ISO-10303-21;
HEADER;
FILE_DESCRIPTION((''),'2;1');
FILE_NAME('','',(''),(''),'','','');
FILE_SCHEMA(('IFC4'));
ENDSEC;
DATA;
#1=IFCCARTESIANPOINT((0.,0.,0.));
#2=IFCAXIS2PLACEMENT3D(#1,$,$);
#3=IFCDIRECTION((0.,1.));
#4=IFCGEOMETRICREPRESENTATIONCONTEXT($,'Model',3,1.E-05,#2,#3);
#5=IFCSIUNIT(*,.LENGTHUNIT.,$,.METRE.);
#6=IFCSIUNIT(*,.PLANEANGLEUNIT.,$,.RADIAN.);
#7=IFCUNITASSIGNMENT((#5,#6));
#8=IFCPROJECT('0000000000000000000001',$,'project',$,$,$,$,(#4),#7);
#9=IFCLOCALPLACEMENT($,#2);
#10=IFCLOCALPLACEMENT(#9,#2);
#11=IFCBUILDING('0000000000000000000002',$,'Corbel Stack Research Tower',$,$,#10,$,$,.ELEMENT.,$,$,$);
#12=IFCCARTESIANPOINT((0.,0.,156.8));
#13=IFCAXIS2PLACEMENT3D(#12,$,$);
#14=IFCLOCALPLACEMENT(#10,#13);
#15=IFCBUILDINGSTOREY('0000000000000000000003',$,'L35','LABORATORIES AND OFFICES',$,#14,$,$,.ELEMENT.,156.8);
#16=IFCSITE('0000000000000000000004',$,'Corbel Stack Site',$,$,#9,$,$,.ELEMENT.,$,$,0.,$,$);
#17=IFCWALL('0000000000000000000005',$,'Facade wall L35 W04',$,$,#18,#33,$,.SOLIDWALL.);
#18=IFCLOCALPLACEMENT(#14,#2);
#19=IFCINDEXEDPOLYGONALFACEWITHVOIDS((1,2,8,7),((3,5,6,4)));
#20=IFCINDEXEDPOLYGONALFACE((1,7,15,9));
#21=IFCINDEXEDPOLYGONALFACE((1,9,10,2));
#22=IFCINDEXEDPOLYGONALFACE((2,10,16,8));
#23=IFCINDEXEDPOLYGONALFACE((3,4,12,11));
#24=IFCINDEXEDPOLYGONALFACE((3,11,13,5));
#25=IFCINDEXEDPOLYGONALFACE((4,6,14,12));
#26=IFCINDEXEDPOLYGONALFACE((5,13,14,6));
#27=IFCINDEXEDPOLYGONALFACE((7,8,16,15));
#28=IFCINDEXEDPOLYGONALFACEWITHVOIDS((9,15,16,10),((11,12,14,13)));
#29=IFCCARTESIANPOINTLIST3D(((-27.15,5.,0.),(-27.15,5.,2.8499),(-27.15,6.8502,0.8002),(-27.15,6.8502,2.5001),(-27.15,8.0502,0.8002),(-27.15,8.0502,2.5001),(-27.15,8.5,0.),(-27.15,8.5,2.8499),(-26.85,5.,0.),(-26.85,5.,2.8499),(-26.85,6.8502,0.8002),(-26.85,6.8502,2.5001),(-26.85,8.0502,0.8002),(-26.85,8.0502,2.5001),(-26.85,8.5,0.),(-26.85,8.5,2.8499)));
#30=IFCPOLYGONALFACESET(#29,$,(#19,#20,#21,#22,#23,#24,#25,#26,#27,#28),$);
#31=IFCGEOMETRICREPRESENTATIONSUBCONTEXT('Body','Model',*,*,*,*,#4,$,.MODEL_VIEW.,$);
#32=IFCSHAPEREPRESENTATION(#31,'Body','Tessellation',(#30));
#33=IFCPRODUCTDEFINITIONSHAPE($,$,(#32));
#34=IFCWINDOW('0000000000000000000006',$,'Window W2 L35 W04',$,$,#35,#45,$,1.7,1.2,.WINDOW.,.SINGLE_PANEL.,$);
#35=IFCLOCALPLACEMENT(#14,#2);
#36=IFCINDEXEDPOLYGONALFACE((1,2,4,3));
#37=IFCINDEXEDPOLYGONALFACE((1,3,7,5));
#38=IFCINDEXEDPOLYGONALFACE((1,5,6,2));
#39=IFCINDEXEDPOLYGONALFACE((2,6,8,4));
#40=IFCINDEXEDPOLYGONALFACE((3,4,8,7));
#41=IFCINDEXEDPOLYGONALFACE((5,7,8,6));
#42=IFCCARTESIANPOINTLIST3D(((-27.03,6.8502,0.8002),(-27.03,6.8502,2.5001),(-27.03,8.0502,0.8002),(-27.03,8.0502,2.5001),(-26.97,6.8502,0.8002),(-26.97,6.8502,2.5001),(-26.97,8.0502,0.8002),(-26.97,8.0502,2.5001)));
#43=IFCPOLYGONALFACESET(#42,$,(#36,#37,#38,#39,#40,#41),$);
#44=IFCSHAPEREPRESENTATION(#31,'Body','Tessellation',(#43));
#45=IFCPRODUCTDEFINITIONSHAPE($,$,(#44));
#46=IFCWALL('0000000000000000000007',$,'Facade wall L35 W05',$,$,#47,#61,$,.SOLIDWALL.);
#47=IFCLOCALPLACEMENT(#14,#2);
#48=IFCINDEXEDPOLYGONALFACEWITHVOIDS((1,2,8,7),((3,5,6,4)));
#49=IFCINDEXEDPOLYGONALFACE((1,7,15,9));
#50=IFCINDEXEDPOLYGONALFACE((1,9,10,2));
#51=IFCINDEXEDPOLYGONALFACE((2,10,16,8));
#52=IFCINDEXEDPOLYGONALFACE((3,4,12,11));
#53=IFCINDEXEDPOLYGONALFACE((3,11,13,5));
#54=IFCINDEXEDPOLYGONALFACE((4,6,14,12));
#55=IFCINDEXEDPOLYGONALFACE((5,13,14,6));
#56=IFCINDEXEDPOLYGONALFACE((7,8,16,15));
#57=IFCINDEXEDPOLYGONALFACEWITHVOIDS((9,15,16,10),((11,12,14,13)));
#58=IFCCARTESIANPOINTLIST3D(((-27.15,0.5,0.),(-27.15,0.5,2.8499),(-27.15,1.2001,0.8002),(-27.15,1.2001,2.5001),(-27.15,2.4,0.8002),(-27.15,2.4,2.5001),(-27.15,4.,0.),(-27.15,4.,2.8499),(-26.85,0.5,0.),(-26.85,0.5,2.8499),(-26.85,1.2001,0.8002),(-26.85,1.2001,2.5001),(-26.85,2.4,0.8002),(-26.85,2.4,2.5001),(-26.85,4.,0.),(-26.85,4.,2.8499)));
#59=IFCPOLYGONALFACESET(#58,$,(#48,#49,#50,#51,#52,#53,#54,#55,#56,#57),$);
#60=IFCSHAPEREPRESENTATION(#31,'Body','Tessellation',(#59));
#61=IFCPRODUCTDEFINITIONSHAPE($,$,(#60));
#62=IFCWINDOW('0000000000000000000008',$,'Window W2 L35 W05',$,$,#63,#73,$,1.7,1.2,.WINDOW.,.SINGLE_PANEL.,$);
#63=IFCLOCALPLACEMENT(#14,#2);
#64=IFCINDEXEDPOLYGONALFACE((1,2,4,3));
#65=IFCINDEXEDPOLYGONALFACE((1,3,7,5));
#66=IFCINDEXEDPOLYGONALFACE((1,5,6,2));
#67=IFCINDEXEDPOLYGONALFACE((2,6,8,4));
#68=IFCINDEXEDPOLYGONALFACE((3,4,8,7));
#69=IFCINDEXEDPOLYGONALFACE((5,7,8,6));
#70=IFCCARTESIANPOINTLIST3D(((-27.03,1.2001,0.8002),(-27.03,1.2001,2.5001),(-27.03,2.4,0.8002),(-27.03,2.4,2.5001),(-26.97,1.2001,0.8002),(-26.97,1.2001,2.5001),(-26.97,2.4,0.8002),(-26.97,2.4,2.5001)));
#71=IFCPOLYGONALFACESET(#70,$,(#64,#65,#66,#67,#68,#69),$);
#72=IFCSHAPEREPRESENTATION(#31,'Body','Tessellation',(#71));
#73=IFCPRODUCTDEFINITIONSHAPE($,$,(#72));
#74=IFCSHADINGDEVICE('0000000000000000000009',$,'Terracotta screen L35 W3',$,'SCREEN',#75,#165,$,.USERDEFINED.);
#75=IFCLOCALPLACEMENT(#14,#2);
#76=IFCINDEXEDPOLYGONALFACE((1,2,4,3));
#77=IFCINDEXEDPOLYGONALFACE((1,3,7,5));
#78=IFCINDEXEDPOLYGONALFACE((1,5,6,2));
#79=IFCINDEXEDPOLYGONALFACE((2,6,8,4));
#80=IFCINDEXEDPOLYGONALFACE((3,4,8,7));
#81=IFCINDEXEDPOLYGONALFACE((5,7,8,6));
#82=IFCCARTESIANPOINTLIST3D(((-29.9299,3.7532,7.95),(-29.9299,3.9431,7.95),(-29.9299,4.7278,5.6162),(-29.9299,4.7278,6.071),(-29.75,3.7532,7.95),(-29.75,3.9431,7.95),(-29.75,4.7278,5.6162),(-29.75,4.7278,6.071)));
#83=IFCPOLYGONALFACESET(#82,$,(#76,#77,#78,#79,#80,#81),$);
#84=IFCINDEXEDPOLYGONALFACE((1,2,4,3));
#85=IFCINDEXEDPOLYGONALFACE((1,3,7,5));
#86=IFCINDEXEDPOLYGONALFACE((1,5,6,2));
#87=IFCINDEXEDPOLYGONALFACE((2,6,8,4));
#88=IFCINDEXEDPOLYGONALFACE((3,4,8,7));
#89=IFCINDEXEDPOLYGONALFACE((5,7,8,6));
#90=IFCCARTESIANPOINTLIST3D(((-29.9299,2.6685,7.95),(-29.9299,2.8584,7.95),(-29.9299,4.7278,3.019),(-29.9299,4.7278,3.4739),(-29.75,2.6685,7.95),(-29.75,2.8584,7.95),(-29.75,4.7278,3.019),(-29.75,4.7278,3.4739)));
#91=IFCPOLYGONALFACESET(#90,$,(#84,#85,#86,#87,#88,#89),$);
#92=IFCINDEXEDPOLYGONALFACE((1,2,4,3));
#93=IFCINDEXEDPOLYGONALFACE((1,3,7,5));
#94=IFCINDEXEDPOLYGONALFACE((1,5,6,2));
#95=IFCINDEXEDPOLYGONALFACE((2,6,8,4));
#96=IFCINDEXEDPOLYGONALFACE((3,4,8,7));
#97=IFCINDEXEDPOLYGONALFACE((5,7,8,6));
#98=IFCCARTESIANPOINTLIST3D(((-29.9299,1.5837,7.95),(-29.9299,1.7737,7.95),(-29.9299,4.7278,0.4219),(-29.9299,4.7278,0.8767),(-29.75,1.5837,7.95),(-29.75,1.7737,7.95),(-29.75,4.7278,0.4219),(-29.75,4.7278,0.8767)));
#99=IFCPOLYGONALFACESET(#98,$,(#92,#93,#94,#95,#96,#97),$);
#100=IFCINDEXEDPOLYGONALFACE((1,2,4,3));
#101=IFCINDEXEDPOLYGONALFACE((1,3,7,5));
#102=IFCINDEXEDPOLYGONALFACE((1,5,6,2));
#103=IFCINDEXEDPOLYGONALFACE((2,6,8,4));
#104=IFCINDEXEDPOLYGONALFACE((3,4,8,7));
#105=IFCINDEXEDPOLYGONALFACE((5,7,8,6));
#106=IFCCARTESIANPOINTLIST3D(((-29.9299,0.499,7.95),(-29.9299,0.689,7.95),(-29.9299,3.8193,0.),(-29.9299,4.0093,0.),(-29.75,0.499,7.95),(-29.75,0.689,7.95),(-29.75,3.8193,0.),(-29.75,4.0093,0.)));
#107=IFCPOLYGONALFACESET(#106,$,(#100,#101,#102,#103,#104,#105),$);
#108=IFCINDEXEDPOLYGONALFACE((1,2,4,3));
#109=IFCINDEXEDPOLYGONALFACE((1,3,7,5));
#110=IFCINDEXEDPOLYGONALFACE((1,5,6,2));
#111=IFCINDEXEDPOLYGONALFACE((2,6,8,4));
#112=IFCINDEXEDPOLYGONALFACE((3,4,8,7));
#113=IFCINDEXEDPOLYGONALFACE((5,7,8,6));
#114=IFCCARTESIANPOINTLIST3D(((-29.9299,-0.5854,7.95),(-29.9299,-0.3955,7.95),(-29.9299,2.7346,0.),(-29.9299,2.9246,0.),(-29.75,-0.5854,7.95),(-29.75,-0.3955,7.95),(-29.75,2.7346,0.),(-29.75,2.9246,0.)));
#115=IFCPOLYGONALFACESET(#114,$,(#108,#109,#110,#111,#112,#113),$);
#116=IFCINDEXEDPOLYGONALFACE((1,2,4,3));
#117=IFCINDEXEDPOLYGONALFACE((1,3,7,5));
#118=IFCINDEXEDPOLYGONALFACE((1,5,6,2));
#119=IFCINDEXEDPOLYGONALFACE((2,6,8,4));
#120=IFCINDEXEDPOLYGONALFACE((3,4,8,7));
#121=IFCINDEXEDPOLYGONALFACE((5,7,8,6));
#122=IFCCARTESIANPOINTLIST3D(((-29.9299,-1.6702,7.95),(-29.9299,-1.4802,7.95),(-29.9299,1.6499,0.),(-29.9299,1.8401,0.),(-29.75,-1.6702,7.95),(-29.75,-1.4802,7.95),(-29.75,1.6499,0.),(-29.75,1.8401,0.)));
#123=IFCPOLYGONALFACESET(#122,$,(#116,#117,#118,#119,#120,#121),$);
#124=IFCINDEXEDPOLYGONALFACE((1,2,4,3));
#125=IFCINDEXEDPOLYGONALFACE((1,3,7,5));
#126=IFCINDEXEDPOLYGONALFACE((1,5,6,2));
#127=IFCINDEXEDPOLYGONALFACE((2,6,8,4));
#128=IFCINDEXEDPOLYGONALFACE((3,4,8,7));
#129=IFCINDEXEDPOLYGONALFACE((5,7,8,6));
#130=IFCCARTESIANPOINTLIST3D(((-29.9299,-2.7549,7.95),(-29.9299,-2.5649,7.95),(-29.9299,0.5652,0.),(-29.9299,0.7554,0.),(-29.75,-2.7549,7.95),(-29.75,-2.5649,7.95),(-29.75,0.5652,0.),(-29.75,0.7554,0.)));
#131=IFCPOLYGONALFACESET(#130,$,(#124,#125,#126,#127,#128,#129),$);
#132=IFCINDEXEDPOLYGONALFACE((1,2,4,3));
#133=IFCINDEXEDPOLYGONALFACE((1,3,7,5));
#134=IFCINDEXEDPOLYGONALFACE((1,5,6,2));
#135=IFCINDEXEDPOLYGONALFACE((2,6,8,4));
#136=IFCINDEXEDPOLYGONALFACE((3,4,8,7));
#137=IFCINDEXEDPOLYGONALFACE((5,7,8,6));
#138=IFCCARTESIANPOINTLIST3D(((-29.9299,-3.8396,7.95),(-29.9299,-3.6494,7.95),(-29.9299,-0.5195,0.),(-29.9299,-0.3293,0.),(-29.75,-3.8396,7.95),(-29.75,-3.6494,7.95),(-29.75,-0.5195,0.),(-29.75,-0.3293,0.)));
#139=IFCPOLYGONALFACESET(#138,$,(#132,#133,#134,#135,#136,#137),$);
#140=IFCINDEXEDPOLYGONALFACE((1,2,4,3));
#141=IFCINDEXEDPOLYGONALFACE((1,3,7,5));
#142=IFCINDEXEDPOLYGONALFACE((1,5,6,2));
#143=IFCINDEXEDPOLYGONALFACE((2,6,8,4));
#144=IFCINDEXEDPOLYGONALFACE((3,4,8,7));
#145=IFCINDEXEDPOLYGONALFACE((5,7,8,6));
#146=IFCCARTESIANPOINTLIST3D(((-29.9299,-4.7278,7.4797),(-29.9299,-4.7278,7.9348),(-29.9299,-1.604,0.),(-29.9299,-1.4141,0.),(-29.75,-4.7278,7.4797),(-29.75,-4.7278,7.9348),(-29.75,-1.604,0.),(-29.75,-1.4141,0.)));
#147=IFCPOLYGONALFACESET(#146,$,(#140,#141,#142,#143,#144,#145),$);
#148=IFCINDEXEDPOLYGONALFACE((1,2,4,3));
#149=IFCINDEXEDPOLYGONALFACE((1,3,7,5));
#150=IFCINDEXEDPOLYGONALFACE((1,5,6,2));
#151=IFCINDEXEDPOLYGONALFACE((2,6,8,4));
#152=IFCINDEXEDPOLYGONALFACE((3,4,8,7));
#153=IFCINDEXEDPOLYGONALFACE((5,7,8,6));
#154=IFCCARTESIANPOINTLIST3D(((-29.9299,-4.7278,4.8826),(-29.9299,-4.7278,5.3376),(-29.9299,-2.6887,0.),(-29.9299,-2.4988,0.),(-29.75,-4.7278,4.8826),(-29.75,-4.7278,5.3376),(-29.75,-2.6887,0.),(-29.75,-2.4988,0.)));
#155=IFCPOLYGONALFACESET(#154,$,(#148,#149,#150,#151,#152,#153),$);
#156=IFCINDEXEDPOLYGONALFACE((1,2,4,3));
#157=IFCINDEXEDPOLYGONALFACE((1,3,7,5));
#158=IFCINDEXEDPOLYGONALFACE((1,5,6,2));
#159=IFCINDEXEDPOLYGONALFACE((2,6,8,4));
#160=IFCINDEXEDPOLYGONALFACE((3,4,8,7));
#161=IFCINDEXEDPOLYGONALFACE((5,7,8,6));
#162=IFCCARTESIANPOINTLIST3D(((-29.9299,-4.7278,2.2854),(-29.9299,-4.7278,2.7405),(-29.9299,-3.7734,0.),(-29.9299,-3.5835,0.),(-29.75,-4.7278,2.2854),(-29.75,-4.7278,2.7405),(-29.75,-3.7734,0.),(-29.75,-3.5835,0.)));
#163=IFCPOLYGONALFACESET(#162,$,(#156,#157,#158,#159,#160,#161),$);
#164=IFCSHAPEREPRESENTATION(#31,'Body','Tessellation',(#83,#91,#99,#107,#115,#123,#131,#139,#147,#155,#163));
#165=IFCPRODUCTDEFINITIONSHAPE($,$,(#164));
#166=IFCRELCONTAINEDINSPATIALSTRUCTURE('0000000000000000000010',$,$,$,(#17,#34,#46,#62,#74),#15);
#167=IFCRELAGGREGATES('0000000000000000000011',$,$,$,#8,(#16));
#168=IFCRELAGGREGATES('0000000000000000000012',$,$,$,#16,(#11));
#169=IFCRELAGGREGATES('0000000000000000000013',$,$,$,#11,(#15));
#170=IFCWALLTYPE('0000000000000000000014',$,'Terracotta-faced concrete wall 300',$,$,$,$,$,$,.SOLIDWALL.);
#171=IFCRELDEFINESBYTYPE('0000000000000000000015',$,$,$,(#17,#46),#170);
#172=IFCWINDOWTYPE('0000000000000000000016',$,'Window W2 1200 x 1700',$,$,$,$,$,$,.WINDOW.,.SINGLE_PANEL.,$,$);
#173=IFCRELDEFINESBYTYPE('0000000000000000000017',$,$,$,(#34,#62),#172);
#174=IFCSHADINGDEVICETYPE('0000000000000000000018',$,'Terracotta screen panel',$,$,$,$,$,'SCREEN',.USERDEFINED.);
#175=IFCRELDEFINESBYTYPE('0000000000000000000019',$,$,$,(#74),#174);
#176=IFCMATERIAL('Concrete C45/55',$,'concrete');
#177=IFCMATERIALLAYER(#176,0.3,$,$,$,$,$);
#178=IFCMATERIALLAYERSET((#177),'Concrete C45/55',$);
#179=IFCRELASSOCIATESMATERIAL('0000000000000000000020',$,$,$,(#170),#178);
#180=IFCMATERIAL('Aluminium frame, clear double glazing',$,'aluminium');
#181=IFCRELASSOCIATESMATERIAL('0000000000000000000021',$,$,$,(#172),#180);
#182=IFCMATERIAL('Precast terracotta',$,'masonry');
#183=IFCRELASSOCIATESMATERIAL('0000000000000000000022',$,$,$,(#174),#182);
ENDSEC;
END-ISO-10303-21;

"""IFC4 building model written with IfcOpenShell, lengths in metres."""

from ifc_helpers import new_model, si_unit, direction, frame, frame_2d, origin, place, context, subcontext, project, spatial, polyline, rectangle, outline, extrude, source, transform, mapped, material, layer, layer_set, type_object, element, fill, save


model = new_model("IFC4")

# Units and contexts
model_context = context("Model", 3, precision=1e-05, world=origin(), true_north=direction((0.0, 1.0)))
body_context = subcontext(model_context, "Body", "Model", "MODEL_VIEW")
ifc_project = project(units=[si_unit("LENGTHUNIT", "METRE"), si_unit("PLANEANGLEUNIT", "RADIAN")], contexts=[model_context])

# Site, building, storey
site_placement = place(None, origin())
site = spatial("IfcSite", under=ifc_project, at=site_placement, Name="Corbel Stack Site", CompositionType="ELEMENT", RefElevation=0.0)
building_placement = place(site_placement, origin())
building = spatial("IfcBuilding", under=site, at=building_placement, Name="Corbel Stack Research Tower", CompositionType="ELEMENT")
storey_placement = place(building_placement, frame((0.0, 0.0, 156.8)))
storey = spatial("IfcBuildingStorey", under=building, at=storey_placement, Name="L35", Description="LABORATORIES AND OFFICES", CompositionType="ELEMENT", Elevation=156.8)

# Walls, openings, windows
ifc_material_1 = material(Name="Concrete C45/55", Category="concrete")
ifc_layer_1 = layer(ifc_material_1, 0.3)
ifc_layer_set_1 = layer_set([ifc_layer_1], Name="Concrete C45/55")
wall_type_1 = type_object("IfcWallType", Name="Terracotta-faced concrete wall 300", PredefinedType="SOLIDWALL", material=ifc_layer_set_1)
wall_1_placement = place(storey_placement, frame((-27.0, 5.0, 0.0), z_axis=(0.0, 0.0, 1.0), x_axis=(0.0, 1.0, 0.0)))
wall_1 = element("IfcWall", 1, at=wall_1_placement, inside=storey, type_object=wall_type_1, Name="Facade wall L35 W04", PredefinedType="SOLIDWALL", context=body_context, shape_type="SweptSolid", body=[
    extrude(rectangle(XDim=3.5, YDim=0.3, at=frame_2d((1.75, 0.0))), origin(), (0.0, 0.0, 1.0), 2.8499),
])
opening_1_placement = place(wall_1_placement, frame((1.8501, 0.0, 0.8)))
opening_1 = element("IfcOpeningElement", 2, at=opening_1_placement, cuts=wall_1, PredefinedType="OPENING", context=body_context, shape_type="SweptSolid", body=[
    extrude(rectangle(XDim=1.2, YDim=1.7, at=frame_2d((0.6001, 0.8501))), frame((0.0, 0.1599, 0.0), z_axis=(0.0, -1.0, 0.0), x_axis=(1.0, 0.0, 0.0)), (0.0, 0.0, 1.0), 0.3201),
])
ifc_material_2 = material(Name="Aluminium frame, clear double glazing", Category="aluminium")
window_type = type_object("IfcWindowType", Name="Window W2 1200 x 1700", PartitioningType="SINGLE_PANEL", PredefinedType="WINDOW", material=ifc_material_2)
window_1_placement = place(opening_1_placement, origin())
window_1 = element("IfcWindow", 3, at=window_1_placement, inside=storey, type_object=window_type, Name="Window W2 L35 W04", OverallHeight=1.7, OverallWidth=1.2, PartitioningType="SINGLE_PANEL", PredefinedType="WINDOW", context=body_context, shape_type="SweptSolid", body=[
    extrude(rectangle(XDim=1.2, YDim=1.7, at=frame_2d((0.6001, 0.8501))), frame((0.0, 0.03, 0.0), z_axis=(0.0, -1.0, 0.0), x_axis=(1.0, 0.0, 0.0)), (0.0, 0.0, 1.0), 0.0601),
])
fill(opening_1, window_1)
wall_2_placement = place(storey_placement, frame((-27.0, 0.5, 0.0), z_axis=(0.0, 0.0, 1.0), x_axis=(0.0, 1.0, 0.0)))
wall_2 = element("IfcWall", 4, at=wall_2_placement, inside=storey, type_object=wall_type_1, Name="Facade wall L35 W05", PredefinedType="SOLIDWALL", context=body_context, shape_type="SweptSolid", body=[
    extrude(rectangle(XDim=3.5, YDim=0.3, at=frame_2d((1.75, 0.0))), origin(), (0.0, 0.0, 1.0), 2.8499),
])
opening_2_placement = place(wall_2_placement, frame((0.7, 0.0, 0.8)))
opening_2 = element("IfcOpeningElement", 5, at=opening_2_placement, cuts=wall_2, PredefinedType="OPENING", context=body_context, shape_type="SweptSolid", body=[
    extrude(rectangle(XDim=1.2, YDim=1.7, at=frame_2d((0.6001, 0.8501))), frame((0.0, 0.1599, 0.0), z_axis=(0.0, -1.0, 0.0), x_axis=(1.0, 0.0, 0.0)), (0.0, 0.0, 1.0), 0.3201),
])
window_2_placement = place(opening_2_placement, origin())
window_2 = element("IfcWindow", 6, at=window_2_placement, inside=storey, type_object=window_type, Name="Window W2 L35 W05", OverallHeight=1.7, OverallWidth=1.2, PartitioningType="SINGLE_PANEL", PredefinedType="WINDOW", context=body_context, shape_type="SweptSolid", body=[
    extrude(rectangle(XDim=1.2, YDim=1.7, at=frame_2d((0.6001, 0.8501))), frame((0.0, 0.03, 0.0), z_axis=(0.0, -1.0, 0.0), x_axis=(1.0, 0.0, 0.0)), (0.0, 0.0, 1.0), 0.0601),
])
fill(opening_2, window_2)

# Shading device
ifc_material_3 = material(Name="Precast terracotta", Category="masonry")
shading_device_type = type_object("IfcShadingDeviceType", Name="Terracotta screen panel", ElementType="SCREEN", PredefinedType="USERDEFINED", material=ifc_material_3)
shared_shape = source(origin(), body_context, "Body", "SweptSolid", [
    extrude(outline(polyline([(0.9746, 7.95), (0.7847, 7.95), (0.0, 6.071), (0.0, 5.6162), (0.9746, 7.95)])), frame((0.0, 0.0, 0.0), z_axis=(0.0, -1.0, 0.0), x_axis=(1.0, 0.0, 0.0)), (0.0, 0.0, 1.0), 0.1799),
    extrude(outline(polyline([(2.0593, 7.95), (1.8694, 7.95), (0.0, 3.4739), (0.0, 3.019), (2.0593, 7.95)])), frame((0.0, 0.0, 0.0), z_axis=(0.0, -1.0, 0.0), x_axis=(1.0, 0.0, 0.0)), (0.0, 0.0, 1.0), 0.1799),
    extrude(outline(polyline([(3.144, 7.95), (2.9541, 7.95), (0.0, 0.8767), (0.0, 0.4219), (3.144, 7.95)])), frame((0.0, 0.0, 0.0), z_axis=(0.0, -1.0, 0.0), x_axis=(1.0, 0.0, 0.0)), (0.0, 0.0, 1.0), 0.1799),
    extrude(outline(polyline([(0.9084, 0.0), (4.2288, 7.95), (4.0388, 7.95), (0.7185, 0.0), (0.9084, 0.0)])), frame((0.0, 0.0, 0.0), z_axis=(0.0, -1.0, 0.0), x_axis=(1.0, 0.0, 0.0)), (0.0, 0.0, 1.0), 0.1799),
    extrude(outline(polyline([(1.9932, 0.0), (5.3132, 7.95), (5.1233, 7.95), (1.8032, 0.0), (1.9932, 0.0)])), frame((0.0, 0.0, 0.0), z_axis=(0.0, -1.0, 0.0), x_axis=(1.0, 0.0, 0.0)), (0.0, 0.0, 1.0), 0.1799),
    extrude(outline(polyline([(3.0779, 0.0), (6.3979, 7.95), (6.208, 7.95), (2.8877, 0.0), (3.0779, 0.0)])), frame((0.0, 0.0, 0.0), z_axis=(0.0, -1.0, 0.0), x_axis=(1.0, 0.0, 0.0)), (0.0, 0.0, 1.0), 0.1799),
    extrude(outline(polyline([(4.1626, 0.0), (7.4827, 7.95), (7.2927, 7.95), (3.9724, 0.0), (4.1626, 0.0)])), frame((0.0, 0.0, 0.0), z_axis=(0.0, -1.0, 0.0), x_axis=(1.0, 0.0, 0.0)), (0.0, 0.0, 1.0), 0.1799),
    extrude(outline(polyline([(5.2473, 0.0), (8.5674, 7.95), (8.3772, 7.95), (5.0571, 0.0), (5.2473, 0.0)])), frame((0.0, 0.0, 0.0), z_axis=(0.0, -1.0, 0.0), x_axis=(1.0, 0.0, 0.0)), (0.0, 0.0, 1.0), 0.1799),
    extrude(outline(polyline([(6.3318, 0.0), (9.4556, 7.4797), (9.4556, 7.9348), (6.1418, 0.0), (6.3318, 0.0)])), frame((0.0, 0.0, 0.0), z_axis=(0.0, -1.0, 0.0), x_axis=(1.0, 0.0, 0.0)), (0.0, 0.0, 1.0), 0.1799),
    extrude(outline(polyline([(7.4165, 0.0), (9.4556, 4.8826), (9.4556, 5.3376), (7.2266, 0.0), (7.4165, 0.0)])), frame((0.0, 0.0, 0.0), z_axis=(0.0, -1.0, 0.0), x_axis=(1.0, 0.0, 0.0)), (0.0, 0.0, 1.0), 0.1799),
    extrude(outline(polyline([(8.5012, 0.0), (9.4556, 2.2854), (9.4556, 2.7405), (8.3113, 0.0), (8.5012, 0.0)])), frame((0.0, 0.0, 0.0), z_axis=(0.0, -1.0, 0.0), x_axis=(1.0, 0.0, 0.0)), (0.0, 0.0, 1.0), 0.1799),
])
shading_device_placement = place(storey_placement, frame((-29.75, 4.7278, 0.0), z_axis=(0.0, 0.0, 1.0), x_axis=(0.0, -1.0, 0.0)))
element("IfcShadingDevice", 7, at=shading_device_placement, inside=storey, type_object=shading_device_type, Name="Terracotta screen L35 W3", ObjectType="SCREEN", PredefinedType="USERDEFINED", context=body_context, shape_type="MappedRepresentation", body=[
    mapped(shared_shape, transform((0.0, 0.0, 0.0))),
])

save(model, "model.ifc")
